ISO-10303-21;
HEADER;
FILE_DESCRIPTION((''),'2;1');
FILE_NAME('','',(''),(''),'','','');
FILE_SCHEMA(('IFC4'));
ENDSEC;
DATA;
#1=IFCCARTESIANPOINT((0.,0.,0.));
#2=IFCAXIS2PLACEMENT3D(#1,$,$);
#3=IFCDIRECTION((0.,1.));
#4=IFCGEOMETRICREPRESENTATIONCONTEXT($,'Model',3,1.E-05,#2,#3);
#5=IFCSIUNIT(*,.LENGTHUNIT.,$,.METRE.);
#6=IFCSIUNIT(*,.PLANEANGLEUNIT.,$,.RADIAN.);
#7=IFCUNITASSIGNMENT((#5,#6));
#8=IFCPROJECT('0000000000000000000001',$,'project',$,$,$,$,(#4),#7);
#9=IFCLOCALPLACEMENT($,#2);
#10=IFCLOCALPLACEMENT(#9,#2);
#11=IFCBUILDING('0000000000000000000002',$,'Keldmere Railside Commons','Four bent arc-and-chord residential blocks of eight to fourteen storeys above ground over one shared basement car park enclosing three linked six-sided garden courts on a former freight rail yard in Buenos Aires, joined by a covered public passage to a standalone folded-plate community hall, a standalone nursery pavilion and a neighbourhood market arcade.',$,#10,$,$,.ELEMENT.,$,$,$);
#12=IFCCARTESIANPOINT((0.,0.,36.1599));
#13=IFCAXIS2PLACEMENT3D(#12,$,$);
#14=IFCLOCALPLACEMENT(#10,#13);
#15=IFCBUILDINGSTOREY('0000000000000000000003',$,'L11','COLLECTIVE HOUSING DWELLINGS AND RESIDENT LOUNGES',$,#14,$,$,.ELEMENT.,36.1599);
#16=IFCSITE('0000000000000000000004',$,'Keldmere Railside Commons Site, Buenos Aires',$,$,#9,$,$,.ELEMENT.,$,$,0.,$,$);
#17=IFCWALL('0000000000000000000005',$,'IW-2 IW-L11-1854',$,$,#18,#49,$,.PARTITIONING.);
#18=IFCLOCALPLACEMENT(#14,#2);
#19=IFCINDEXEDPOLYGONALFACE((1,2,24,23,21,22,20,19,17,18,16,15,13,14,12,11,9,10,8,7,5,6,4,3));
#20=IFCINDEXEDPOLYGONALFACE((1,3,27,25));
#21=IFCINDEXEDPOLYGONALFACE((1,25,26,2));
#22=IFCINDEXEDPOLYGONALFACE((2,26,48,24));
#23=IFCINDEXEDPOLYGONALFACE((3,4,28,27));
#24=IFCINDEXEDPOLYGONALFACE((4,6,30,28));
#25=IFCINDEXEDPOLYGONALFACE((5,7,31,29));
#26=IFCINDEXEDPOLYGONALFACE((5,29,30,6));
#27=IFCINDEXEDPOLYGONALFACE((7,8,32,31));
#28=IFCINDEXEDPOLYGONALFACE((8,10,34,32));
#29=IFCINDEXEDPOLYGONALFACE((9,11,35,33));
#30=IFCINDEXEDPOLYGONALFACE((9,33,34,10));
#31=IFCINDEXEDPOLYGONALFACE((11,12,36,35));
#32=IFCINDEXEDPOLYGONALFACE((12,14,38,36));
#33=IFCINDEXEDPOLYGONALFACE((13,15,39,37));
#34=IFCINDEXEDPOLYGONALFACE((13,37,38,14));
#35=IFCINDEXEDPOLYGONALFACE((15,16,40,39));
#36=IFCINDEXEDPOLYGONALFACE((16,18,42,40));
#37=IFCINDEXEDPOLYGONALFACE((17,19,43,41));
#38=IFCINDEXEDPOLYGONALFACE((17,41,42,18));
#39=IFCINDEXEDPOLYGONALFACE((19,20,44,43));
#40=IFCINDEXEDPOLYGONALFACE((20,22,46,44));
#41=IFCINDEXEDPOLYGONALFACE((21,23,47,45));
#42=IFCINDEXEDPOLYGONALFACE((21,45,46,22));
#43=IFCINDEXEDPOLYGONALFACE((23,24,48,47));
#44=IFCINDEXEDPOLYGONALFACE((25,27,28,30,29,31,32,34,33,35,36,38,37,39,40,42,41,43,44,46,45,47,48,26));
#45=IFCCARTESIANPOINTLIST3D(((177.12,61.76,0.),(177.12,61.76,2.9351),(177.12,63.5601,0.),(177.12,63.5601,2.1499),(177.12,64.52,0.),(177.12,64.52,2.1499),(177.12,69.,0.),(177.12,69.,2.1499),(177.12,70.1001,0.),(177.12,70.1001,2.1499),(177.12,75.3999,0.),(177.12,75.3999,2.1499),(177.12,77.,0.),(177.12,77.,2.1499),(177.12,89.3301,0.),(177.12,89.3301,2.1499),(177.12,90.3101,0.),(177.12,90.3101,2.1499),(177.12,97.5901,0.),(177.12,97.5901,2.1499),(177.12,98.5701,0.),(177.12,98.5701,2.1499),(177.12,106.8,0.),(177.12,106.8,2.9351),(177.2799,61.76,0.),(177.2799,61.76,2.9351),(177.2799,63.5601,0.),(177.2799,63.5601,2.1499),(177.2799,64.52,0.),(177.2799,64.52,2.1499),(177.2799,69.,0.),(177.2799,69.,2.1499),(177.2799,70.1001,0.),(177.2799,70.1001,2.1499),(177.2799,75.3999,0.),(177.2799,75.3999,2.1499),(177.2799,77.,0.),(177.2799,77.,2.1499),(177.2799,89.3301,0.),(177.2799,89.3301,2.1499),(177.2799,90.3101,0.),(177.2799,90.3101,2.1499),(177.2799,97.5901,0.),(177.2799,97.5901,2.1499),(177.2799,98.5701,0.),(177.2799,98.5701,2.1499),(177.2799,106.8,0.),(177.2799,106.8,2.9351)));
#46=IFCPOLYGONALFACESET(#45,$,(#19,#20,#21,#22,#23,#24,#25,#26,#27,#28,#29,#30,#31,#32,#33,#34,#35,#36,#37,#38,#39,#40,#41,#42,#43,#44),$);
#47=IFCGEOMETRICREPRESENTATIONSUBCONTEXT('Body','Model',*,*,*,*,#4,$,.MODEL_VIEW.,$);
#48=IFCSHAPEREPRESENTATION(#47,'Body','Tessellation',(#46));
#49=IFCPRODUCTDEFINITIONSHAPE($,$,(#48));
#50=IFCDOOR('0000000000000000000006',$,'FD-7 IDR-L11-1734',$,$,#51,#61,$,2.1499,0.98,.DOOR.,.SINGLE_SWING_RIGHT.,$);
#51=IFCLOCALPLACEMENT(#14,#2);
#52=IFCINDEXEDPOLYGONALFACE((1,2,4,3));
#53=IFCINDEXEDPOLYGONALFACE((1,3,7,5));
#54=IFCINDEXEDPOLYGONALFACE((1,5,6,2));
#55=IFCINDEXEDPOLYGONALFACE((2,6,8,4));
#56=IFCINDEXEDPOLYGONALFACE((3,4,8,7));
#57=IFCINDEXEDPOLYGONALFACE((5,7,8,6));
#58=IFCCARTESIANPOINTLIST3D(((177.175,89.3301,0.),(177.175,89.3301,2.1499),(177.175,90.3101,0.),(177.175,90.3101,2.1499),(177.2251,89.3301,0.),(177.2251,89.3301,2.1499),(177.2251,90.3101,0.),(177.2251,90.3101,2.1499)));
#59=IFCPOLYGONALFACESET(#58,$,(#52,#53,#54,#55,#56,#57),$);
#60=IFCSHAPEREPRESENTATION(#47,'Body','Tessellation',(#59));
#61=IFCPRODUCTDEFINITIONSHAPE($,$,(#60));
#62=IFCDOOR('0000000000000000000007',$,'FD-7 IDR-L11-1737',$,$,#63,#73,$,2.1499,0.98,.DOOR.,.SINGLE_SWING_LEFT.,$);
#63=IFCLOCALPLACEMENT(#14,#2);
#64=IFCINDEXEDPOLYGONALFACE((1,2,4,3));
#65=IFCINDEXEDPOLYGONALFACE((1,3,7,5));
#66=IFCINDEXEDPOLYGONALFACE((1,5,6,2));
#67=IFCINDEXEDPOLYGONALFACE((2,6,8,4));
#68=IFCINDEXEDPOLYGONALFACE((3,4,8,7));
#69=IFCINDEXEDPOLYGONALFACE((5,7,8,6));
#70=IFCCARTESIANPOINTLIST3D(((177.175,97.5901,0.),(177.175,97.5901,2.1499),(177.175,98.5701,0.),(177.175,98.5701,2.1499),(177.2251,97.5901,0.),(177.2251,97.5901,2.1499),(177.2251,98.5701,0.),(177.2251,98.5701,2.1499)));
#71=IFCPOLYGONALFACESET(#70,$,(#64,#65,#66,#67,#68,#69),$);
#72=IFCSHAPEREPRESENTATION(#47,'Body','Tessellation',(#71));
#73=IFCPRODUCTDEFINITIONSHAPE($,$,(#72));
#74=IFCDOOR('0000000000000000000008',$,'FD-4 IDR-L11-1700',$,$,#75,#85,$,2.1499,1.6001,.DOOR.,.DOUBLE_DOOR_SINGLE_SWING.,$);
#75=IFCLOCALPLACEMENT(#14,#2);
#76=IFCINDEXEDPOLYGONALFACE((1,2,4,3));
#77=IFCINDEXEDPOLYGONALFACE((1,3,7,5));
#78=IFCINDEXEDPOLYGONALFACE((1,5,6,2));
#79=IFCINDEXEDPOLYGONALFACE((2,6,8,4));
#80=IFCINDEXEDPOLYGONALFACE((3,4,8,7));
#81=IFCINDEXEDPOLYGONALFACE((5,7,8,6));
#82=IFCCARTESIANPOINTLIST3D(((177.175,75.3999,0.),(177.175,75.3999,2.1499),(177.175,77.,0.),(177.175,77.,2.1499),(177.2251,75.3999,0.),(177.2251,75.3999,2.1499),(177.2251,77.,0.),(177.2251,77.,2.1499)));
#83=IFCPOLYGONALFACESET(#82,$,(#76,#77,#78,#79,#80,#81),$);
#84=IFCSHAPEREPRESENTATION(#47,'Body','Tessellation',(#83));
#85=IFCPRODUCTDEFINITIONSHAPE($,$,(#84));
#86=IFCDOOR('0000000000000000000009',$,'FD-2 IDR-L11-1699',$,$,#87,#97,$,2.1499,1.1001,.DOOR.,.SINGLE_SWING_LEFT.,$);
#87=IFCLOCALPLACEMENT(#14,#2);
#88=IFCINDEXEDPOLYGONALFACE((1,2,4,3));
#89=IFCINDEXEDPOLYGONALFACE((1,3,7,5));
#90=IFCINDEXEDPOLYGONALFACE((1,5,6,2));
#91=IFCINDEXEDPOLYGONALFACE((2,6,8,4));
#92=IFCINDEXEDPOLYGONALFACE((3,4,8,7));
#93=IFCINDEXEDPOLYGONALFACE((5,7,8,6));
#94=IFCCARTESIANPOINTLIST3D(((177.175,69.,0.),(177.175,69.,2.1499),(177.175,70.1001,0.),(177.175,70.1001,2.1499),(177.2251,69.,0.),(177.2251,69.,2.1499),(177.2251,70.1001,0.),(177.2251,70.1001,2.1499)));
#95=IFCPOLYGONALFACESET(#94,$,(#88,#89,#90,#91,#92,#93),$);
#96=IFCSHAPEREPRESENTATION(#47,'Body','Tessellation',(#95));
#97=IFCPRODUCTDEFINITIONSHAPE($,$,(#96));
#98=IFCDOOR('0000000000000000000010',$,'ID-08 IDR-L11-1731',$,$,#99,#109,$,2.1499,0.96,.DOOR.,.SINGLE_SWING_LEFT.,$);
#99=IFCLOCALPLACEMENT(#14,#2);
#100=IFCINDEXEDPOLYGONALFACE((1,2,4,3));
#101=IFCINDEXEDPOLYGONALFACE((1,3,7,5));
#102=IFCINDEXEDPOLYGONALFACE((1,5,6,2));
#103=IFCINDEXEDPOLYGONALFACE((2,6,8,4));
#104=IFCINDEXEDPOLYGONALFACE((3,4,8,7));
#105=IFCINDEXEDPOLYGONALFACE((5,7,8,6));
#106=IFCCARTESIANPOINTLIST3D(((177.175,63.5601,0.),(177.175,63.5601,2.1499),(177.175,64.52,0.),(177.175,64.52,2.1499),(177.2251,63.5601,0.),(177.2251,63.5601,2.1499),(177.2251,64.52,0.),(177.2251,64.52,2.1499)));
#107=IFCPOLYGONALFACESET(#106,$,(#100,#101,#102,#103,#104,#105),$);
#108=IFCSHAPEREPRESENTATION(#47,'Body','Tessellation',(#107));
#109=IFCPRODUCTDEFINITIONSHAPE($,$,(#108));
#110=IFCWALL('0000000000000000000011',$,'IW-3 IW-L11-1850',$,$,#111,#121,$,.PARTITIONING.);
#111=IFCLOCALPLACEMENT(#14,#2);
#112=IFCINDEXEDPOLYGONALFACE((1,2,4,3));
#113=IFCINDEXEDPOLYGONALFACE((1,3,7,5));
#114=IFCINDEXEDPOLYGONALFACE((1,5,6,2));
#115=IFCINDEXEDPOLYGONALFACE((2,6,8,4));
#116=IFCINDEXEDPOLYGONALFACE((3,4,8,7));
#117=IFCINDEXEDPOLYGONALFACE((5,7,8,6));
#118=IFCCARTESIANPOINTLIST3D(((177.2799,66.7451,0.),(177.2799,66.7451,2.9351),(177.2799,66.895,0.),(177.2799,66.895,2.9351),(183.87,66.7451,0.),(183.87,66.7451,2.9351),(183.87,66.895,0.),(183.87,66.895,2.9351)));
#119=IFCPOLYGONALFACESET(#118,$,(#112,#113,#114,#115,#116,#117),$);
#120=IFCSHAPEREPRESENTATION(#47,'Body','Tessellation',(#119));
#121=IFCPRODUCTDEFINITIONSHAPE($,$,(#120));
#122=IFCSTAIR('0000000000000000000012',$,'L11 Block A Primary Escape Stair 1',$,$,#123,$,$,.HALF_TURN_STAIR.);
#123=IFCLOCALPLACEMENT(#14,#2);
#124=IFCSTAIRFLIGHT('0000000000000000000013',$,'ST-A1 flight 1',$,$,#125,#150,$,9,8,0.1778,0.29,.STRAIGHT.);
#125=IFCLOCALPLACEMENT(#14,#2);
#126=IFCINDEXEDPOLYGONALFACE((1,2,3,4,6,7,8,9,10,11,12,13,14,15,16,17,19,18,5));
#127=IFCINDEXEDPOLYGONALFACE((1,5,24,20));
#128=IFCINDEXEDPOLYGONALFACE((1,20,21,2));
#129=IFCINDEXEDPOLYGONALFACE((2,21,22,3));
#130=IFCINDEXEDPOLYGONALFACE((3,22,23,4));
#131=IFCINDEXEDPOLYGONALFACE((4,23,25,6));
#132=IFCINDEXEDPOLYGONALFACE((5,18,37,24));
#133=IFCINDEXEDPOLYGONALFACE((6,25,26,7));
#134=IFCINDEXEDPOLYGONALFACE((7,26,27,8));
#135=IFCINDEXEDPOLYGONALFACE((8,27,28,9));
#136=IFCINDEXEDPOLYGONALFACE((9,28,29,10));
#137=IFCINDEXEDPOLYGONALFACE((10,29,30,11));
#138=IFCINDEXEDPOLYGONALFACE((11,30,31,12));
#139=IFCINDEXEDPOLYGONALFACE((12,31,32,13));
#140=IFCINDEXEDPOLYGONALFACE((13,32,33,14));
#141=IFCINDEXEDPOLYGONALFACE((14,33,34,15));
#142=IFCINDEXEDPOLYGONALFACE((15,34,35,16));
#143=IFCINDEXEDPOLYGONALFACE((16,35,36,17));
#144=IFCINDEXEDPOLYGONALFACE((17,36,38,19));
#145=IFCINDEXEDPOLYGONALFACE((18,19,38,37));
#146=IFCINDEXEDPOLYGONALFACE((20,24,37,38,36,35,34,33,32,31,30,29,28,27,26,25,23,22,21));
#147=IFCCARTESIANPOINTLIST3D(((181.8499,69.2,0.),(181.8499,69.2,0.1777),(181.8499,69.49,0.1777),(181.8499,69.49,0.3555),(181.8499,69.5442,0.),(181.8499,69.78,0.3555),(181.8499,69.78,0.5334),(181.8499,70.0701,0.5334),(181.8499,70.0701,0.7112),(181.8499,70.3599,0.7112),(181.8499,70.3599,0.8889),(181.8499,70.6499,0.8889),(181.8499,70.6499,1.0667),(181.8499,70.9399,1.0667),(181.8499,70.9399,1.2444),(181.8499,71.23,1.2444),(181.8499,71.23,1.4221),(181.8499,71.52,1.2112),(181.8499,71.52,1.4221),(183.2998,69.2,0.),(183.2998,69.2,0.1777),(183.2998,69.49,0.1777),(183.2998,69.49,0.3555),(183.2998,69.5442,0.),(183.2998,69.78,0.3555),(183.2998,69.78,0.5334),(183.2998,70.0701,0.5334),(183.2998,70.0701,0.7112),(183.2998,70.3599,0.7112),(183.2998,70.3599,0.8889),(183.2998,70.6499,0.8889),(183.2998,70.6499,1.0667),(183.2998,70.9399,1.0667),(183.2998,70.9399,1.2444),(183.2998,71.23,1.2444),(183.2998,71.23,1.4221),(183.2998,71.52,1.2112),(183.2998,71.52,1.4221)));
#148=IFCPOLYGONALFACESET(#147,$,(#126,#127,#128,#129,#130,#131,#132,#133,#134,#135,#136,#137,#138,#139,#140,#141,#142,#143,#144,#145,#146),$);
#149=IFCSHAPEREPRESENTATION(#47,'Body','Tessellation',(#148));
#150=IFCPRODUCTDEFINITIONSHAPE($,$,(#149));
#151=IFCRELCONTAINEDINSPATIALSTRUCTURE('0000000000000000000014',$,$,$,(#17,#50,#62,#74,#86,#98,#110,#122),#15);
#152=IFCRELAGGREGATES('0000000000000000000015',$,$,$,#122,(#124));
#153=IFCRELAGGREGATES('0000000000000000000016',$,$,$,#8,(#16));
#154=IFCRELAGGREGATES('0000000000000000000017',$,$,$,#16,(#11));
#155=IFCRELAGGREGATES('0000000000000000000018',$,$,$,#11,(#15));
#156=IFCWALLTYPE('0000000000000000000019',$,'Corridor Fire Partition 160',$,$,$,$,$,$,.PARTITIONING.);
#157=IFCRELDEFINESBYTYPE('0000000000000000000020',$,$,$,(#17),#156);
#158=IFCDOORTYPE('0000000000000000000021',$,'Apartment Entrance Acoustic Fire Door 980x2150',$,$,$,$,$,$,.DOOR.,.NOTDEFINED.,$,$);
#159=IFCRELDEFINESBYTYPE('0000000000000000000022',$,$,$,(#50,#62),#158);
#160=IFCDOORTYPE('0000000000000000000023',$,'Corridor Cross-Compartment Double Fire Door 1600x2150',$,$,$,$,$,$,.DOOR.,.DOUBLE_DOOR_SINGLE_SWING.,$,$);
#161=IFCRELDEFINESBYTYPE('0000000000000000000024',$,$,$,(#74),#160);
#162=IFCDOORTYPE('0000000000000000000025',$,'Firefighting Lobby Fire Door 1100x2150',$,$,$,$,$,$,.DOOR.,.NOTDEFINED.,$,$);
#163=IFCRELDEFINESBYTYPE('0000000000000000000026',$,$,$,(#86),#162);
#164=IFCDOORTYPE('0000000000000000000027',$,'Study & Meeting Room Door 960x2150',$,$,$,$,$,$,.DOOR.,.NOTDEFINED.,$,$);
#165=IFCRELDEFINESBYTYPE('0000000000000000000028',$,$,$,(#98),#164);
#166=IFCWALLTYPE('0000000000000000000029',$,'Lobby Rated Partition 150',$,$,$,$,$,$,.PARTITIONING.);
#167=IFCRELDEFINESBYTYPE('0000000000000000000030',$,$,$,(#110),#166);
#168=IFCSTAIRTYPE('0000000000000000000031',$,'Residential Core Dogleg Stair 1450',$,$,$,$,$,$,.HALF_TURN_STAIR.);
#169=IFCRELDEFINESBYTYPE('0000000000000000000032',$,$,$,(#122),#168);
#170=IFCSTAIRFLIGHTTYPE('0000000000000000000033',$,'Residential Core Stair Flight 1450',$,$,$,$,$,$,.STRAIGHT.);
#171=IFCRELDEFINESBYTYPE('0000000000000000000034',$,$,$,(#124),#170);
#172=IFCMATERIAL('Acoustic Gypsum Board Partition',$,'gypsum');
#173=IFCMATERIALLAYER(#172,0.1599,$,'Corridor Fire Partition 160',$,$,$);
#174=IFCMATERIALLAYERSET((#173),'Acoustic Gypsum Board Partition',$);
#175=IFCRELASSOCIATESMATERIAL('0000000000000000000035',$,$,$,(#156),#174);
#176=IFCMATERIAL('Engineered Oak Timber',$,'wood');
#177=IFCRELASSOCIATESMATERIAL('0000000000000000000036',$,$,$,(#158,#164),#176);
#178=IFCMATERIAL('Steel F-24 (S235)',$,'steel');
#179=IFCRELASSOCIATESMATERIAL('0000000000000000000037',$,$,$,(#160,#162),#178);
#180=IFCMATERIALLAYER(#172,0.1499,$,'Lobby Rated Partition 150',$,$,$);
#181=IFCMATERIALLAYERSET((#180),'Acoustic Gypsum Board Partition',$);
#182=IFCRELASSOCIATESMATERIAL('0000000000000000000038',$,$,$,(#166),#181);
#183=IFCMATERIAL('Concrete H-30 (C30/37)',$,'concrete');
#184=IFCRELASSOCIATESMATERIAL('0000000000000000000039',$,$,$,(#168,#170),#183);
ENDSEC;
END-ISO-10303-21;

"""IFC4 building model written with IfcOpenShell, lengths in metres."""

from ifc_helpers import new_model, si_unit, direction, frame, frame_2d, origin, place, context, subcontext, project, spatial, polyline, rectangle, outline, extrude, material, layer, layer_set, type_object, element, fill, aggregate, save


model = new_model("IFC4")

# Units and contexts
model_context = context("Model", 3, precision=1e-05, world=origin(), true_north=direction((0.0, 1.0)))
body_context = subcontext(model_context, "Body", "Model", "MODEL_VIEW")
ifc_project = project(units=[si_unit("LENGTHUNIT", "METRE"), si_unit("PLANEANGLEUNIT", "RADIAN")], contexts=[model_context])

# Site, building, storey
site_placement = place(None, origin())
site = spatial("IfcSite", under=ifc_project, at=site_placement, Name="Keldmere Railside Commons Site, Buenos Aires", CompositionType="ELEMENT", RefElevation=0.0)
building_placement = place(site_placement, origin())
building = spatial("IfcBuilding", under=site, at=building_placement, Name="Keldmere Railside Commons", Description="Four bent arc-and-chord residential blocks of eight to fourteen storeys above ground over one shared basement car park enclosing three linked six-sided garden courts on a former freight rail yard in Buenos Aires, joined by a covered public passage to a standalone folded-plate community hall, a standalone nursery pavilion and a neighbourhood market arcade.", CompositionType="ELEMENT")
storey_placement = place(building_placement, frame((0.0, 0.0, 36.1599)))
storey = spatial("IfcBuildingStorey", under=building, at=storey_placement, Name="L11", Description="COLLECTIVE HOUSING DWELLINGS AND RESIDENT LOUNGES", CompositionType="ELEMENT", Elevation=36.1599)

# Shared definitions
ifc_material_1 = material(Name="Concrete H-30 (C30/37)", Category="concrete")

# Shared definitions
ifc_material_2 = material(Name="Steel F-24 (S235)", Category="steel")

# Wall, openings, doors
ifc_material_3 = material(Name="Acoustic Gypsum Board Partition", Category="gypsum")
ifc_layer_1 = layer(ifc_material_3, 0.1599, Name="Corridor Fire Partition 160")
ifc_layer_set_1 = layer_set([ifc_layer_1], Name="Acoustic Gypsum Board Partition")
wall_type_1 = type_object("IfcWallType", Name="Corridor Fire Partition 160", PredefinedType="PARTITIONING", material=ifc_layer_set_1)
ifc_material_4 = material(Name="Engineered Oak Timber", Category="wood")
door_type_1 = type_object("IfcDoorType", Name="Apartment Entrance Acoustic Fire Door 980x2150", OperationType="NOTDEFINED", PredefinedType="DOOR", material=ifc_material_4)
wall_1_placement = place(storey_placement, frame((177.2, 61.76, 0.0), z_axis=(0.0, 0.0, 1.0), x_axis=(0.0, 1.0, 0.0)))
wall_1 = element("IfcWall", 1, at=wall_1_placement, inside=storey, type_object=wall_type_1, Name="IW-2 IW-L11-1854", PredefinedType="PARTITIONING", context=body_context, shape_type="SweptSolid", body=[
    extrude(rectangle(XDim=45.04, YDim=0.1599, at=frame_2d((22.52, 0.0))), origin(), (0.0, 0.0, 1.0), 2.9351),
])
opening_1_placement = place(wall_1_placement, frame((7.24, 0.0, 0.0)))
opening_1 = element("IfcOpeningElement", 2, at=opening_1_placement, cuts=wall_1, PredefinedType="OPENING", context=body_context, shape_type="SweptSolid", body=[
    extrude(rectangle(XDim=1.1001, YDim=2.1499, at=frame_2d((0.55, 1.075))), frame((0.0, 0.0898, 0.0), z_axis=(0.0, -1.0, 0.0), x_axis=(1.0, 0.0, 0.0)), (0.0, 0.0, 1.0), 0.1799),
])
opening_2_placement = place(wall_1_placement, frame((13.6399, 0.0, 0.0)))
opening_2 = element("IfcOpeningElement", 3, at=opening_2_placement, cuts=wall_1, PredefinedType="OPENING", context=body_context, shape_type="SweptSolid", body=[
    extrude(rectangle(XDim=1.6001, YDim=2.1499, at=frame_2d((0.8, 1.075))), frame((0.0, 0.0898, 0.0), z_axis=(0.0, -1.0, 0.0), x_axis=(1.0, 0.0, 0.0)), (0.0, 0.0, 1.0), 0.1799),
])
opening_3_placement = place(wall_1_placement, frame((1.8, 0.0, 0.0)))
opening_3 = element("IfcOpeningElement", 4, at=opening_3_placement, cuts=wall_1, PredefinedType="OPENING", context=body_context, shape_type="SweptSolid", body=[
    extrude(rectangle(XDim=0.96, YDim=2.1499, at=frame_2d((0.48, 1.075))), frame((0.0, 0.0898, 0.0), z_axis=(0.0, -1.0, 0.0), x_axis=(1.0, 0.0, 0.0)), (0.0, 0.0, 1.0), 0.1799),
])
opening_4_placement = place(wall_1_placement, frame((27.5701, 0.0, 0.0)))
opening_4 = element("IfcOpeningElement", 5, at=opening_4_placement, cuts=wall_1, PredefinedType="OPENING", context=body_context, shape_type="SweptSolid", body=[
    extrude(rectangle(XDim=0.98, YDim=2.1499, at=frame_2d((0.49, 1.075))), frame((0.0, 0.0898, 0.0), z_axis=(0.0, -1.0, 0.0), x_axis=(1.0, 0.0, 0.0)), (0.0, 0.0, 1.0), 0.1799),
])
opening_5_placement = place(wall_1_placement, frame((35.8301, 0.0, 0.0)))
opening_5 = element("IfcOpeningElement", 6, at=opening_5_placement, cuts=wall_1, PredefinedType="OPENING", context=body_context, shape_type="SweptSolid", body=[
    extrude(rectangle(XDim=0.98, YDim=2.1499, at=frame_2d((0.49, 1.075))), frame((0.0, 0.0898, 0.0), z_axis=(0.0, -1.0, 0.0), x_axis=(1.0, 0.0, 0.0)), (0.0, 0.0, 1.0), 0.1799),
])
door_1_placement = place(opening_4_placement, origin())
door_1 = element("IfcDoor", 7, at=door_1_placement, inside=storey, type_object=door_type_1, Name="FD-7 IDR-L11-1734", OperationType="SINGLE_SWING_RIGHT", OverallHeight=2.1499, OverallWidth=0.98, PredefinedType="DOOR", context=body_context, shape_type="SweptSolid", body=[
    extrude(rectangle(XDim=0.98, YDim=2.1499, at=frame_2d((0.49, 1.075))), frame((0.0, 0.0249, 0.0), z_axis=(0.0, -1.0, 0.0), x_axis=(1.0, 0.0, 0.0)), (0.0, 0.0, 1.0), 0.05),
])
fill(opening_4, door_1)
door_2_placement = place(opening_5_placement, origin())
door_2 = element("IfcDoor", 8, at=door_2_placement, inside=storey, type_object=door_type_1, Name="FD-7 IDR-L11-1737", OperationType="SINGLE_SWING_LEFT", OverallHeight=2.1499, OverallWidth=0.98, PredefinedType="DOOR", context=body_context, shape_type="SweptSolid", body=[
    extrude(rectangle(XDim=0.98, YDim=2.1499, at=frame_2d((0.49, 1.075))), frame((0.0, 0.0249, 0.0), z_axis=(0.0, -1.0, 0.0), x_axis=(1.0, 0.0, 0.0)), (0.0, 0.0, 1.0), 0.05),
])
fill(opening_5, door_2)
door_type_2 = type_object("IfcDoorType", Name="Corridor Cross-Compartment Double Fire Door 1600x2150", OperationType="DOUBLE_DOOR_SINGLE_SWING", PredefinedType="DOOR", material=ifc_material_2)
door_3_placement = place(opening_2_placement, origin())
door_3 = element("IfcDoor", 9, at=door_3_placement, inside=storey, type_object=door_type_2, Name="FD-4 IDR-L11-1700", OperationType="DOUBLE_DOOR_SINGLE_SWING", OverallHeight=2.1499, OverallWidth=1.6001, PredefinedType="DOOR", context=body_context, shape_type="SweptSolid", body=[
    extrude(rectangle(XDim=1.6001, YDim=2.1499, at=frame_2d((0.8, 1.075))), frame((0.0, 0.0249, 0.0), z_axis=(0.0, -1.0, 0.0), x_axis=(1.0, 0.0, 0.0)), (0.0, 0.0, 1.0), 0.05),
])
fill(opening_2, door_3)
door_type_3 = type_object("IfcDoorType", Name="Firefighting Lobby Fire Door 1100x2150", OperationType="NOTDEFINED", PredefinedType="DOOR", material=ifc_material_2)
door_4_placement = place(opening_1_placement, origin())
door_4 = element("IfcDoor", 10, at=door_4_placement, inside=storey, type_object=door_type_3, Name="FD-2 IDR-L11-1699", OperationType="SINGLE_SWING_LEFT", OverallHeight=2.1499, OverallWidth=1.1001, PredefinedType="DOOR", context=body_context, shape_type="SweptSolid", body=[
    extrude(rectangle(XDim=1.1001, YDim=2.1499, at=frame_2d((0.55, 1.075))), frame((0.0, 0.0249, 0.0), z_axis=(0.0, -1.0, 0.0), x_axis=(1.0, 0.0, 0.0)), (0.0, 0.0, 1.0), 0.05),
])
fill(opening_1, door_4)
door_type_4 = type_object("IfcDoorType", Name="Study & Meeting Room Door 960x2150", OperationType="NOTDEFINED", PredefinedType="DOOR", material=ifc_material_4)
door_5_placement = place(opening_3_placement, origin())
door_5 = element("IfcDoor", 11, at=door_5_placement, inside=storey, type_object=door_type_4, Name="ID-08 IDR-L11-1731", OperationType="SINGLE_SWING_LEFT", OverallHeight=2.1499, OverallWidth=0.96, PredefinedType="DOOR", context=body_context, shape_type="SweptSolid", body=[
    extrude(rectangle(XDim=0.96, YDim=2.1499, at=frame_2d((0.48, 1.075))), frame((0.0, 0.0249, 0.0), z_axis=(0.0, -1.0, 0.0), x_axis=(1.0, 0.0, 0.0)), (0.0, 0.0, 1.0), 0.05),
])
fill(opening_3, door_5)

# Wall
ifc_layer_2 = layer(ifc_material_3, 0.1499, Name="Lobby Rated Partition 150")
ifc_layer_set_2 = layer_set([ifc_layer_2], Name="Acoustic Gypsum Board Partition")
wall_type_2 = type_object("IfcWallType", Name="Lobby Rated Partition 150", PredefinedType="PARTITIONING", material=ifc_layer_set_2)
wall_2_placement = place(storey_placement, frame((177.28, 66.8201, 0.0), z_axis=(0.0, 0.0, 1.0), x_axis=(1.0, 0.0, 0.0)))
element("IfcWall", 12, at=wall_2_placement, inside=storey, type_object=wall_type_2, Name="IW-3 IW-L11-1850", PredefinedType="PARTITIONING", context=body_context, shape_type="SweptSolid", body=[
    extrude(rectangle(XDim=6.5901, YDim=0.1499, at=frame_2d((3.2949, 0.0))), origin(), (0.0, 0.0, 1.0), 2.9351),
])

# Stair, stair flight
stair_type = type_object("IfcStairType", Name="Residential Core Dogleg Stair 1450", PredefinedType="HALF_TURN_STAIR", material=ifc_material_1)
stair_placement = place(storey_placement, origin())
stair = element("IfcStair", 13, at=stair_placement, inside=storey, type_object=stair_type, Name="L11 Block A Primary Escape Stair 1", PredefinedType="HALF_TURN_STAIR")
stair_flight_type = type_object("IfcStairFlightType", Name="Residential Core Stair Flight 1450", PredefinedType="STRAIGHT", material=ifc_material_1)
stair_flight_placement = place(storey_placement, frame((182.575, 69.2, 0.0), z_axis=(0.0, 0.0, 1.0), x_axis=(0.0, 1.0, 0.0)))
stair_flight = element("IfcStairFlight", 14, at=stair_flight_placement, type_object=stair_flight_type, Name="ST-A1 flight 1", NumberOfRisers=9, NumberOfTreads=8, PredefinedType="STRAIGHT", RiserHeight=0.1778, TreadLength=0.29, context=body_context, shape_type="SweptSolid", body=[
    extrude(outline(polyline([(0.0, 0.0), (0.0, 0.1777), (0.29, 0.1777), (0.29, 0.3555), (0.5801, 0.3555), (0.5801, 0.5334), (0.8701, 0.5334), (0.8701, 0.7112), (1.1599, 0.7112), (1.1599, 0.8889), (1.45, 0.8889), (1.45, 1.0667), (1.74, 1.0667), (1.74, 1.2444), (2.03, 1.2444), (2.03, 1.4221), (2.3201, 1.4221), (2.3201, 1.6001), (2.3201, 1.2112), (0.3442, 0.0), (0.0, 0.0)])), frame((0.0, 0.7251, 0.0), z_axis=(0.0, -1.0, 0.0), x_axis=(1.0, 0.0, 0.0)), (0.0, 0.0, 1.0), 1.45),
])
aggregate(stair, [stair_flight])

save(model, "model.ifc")
